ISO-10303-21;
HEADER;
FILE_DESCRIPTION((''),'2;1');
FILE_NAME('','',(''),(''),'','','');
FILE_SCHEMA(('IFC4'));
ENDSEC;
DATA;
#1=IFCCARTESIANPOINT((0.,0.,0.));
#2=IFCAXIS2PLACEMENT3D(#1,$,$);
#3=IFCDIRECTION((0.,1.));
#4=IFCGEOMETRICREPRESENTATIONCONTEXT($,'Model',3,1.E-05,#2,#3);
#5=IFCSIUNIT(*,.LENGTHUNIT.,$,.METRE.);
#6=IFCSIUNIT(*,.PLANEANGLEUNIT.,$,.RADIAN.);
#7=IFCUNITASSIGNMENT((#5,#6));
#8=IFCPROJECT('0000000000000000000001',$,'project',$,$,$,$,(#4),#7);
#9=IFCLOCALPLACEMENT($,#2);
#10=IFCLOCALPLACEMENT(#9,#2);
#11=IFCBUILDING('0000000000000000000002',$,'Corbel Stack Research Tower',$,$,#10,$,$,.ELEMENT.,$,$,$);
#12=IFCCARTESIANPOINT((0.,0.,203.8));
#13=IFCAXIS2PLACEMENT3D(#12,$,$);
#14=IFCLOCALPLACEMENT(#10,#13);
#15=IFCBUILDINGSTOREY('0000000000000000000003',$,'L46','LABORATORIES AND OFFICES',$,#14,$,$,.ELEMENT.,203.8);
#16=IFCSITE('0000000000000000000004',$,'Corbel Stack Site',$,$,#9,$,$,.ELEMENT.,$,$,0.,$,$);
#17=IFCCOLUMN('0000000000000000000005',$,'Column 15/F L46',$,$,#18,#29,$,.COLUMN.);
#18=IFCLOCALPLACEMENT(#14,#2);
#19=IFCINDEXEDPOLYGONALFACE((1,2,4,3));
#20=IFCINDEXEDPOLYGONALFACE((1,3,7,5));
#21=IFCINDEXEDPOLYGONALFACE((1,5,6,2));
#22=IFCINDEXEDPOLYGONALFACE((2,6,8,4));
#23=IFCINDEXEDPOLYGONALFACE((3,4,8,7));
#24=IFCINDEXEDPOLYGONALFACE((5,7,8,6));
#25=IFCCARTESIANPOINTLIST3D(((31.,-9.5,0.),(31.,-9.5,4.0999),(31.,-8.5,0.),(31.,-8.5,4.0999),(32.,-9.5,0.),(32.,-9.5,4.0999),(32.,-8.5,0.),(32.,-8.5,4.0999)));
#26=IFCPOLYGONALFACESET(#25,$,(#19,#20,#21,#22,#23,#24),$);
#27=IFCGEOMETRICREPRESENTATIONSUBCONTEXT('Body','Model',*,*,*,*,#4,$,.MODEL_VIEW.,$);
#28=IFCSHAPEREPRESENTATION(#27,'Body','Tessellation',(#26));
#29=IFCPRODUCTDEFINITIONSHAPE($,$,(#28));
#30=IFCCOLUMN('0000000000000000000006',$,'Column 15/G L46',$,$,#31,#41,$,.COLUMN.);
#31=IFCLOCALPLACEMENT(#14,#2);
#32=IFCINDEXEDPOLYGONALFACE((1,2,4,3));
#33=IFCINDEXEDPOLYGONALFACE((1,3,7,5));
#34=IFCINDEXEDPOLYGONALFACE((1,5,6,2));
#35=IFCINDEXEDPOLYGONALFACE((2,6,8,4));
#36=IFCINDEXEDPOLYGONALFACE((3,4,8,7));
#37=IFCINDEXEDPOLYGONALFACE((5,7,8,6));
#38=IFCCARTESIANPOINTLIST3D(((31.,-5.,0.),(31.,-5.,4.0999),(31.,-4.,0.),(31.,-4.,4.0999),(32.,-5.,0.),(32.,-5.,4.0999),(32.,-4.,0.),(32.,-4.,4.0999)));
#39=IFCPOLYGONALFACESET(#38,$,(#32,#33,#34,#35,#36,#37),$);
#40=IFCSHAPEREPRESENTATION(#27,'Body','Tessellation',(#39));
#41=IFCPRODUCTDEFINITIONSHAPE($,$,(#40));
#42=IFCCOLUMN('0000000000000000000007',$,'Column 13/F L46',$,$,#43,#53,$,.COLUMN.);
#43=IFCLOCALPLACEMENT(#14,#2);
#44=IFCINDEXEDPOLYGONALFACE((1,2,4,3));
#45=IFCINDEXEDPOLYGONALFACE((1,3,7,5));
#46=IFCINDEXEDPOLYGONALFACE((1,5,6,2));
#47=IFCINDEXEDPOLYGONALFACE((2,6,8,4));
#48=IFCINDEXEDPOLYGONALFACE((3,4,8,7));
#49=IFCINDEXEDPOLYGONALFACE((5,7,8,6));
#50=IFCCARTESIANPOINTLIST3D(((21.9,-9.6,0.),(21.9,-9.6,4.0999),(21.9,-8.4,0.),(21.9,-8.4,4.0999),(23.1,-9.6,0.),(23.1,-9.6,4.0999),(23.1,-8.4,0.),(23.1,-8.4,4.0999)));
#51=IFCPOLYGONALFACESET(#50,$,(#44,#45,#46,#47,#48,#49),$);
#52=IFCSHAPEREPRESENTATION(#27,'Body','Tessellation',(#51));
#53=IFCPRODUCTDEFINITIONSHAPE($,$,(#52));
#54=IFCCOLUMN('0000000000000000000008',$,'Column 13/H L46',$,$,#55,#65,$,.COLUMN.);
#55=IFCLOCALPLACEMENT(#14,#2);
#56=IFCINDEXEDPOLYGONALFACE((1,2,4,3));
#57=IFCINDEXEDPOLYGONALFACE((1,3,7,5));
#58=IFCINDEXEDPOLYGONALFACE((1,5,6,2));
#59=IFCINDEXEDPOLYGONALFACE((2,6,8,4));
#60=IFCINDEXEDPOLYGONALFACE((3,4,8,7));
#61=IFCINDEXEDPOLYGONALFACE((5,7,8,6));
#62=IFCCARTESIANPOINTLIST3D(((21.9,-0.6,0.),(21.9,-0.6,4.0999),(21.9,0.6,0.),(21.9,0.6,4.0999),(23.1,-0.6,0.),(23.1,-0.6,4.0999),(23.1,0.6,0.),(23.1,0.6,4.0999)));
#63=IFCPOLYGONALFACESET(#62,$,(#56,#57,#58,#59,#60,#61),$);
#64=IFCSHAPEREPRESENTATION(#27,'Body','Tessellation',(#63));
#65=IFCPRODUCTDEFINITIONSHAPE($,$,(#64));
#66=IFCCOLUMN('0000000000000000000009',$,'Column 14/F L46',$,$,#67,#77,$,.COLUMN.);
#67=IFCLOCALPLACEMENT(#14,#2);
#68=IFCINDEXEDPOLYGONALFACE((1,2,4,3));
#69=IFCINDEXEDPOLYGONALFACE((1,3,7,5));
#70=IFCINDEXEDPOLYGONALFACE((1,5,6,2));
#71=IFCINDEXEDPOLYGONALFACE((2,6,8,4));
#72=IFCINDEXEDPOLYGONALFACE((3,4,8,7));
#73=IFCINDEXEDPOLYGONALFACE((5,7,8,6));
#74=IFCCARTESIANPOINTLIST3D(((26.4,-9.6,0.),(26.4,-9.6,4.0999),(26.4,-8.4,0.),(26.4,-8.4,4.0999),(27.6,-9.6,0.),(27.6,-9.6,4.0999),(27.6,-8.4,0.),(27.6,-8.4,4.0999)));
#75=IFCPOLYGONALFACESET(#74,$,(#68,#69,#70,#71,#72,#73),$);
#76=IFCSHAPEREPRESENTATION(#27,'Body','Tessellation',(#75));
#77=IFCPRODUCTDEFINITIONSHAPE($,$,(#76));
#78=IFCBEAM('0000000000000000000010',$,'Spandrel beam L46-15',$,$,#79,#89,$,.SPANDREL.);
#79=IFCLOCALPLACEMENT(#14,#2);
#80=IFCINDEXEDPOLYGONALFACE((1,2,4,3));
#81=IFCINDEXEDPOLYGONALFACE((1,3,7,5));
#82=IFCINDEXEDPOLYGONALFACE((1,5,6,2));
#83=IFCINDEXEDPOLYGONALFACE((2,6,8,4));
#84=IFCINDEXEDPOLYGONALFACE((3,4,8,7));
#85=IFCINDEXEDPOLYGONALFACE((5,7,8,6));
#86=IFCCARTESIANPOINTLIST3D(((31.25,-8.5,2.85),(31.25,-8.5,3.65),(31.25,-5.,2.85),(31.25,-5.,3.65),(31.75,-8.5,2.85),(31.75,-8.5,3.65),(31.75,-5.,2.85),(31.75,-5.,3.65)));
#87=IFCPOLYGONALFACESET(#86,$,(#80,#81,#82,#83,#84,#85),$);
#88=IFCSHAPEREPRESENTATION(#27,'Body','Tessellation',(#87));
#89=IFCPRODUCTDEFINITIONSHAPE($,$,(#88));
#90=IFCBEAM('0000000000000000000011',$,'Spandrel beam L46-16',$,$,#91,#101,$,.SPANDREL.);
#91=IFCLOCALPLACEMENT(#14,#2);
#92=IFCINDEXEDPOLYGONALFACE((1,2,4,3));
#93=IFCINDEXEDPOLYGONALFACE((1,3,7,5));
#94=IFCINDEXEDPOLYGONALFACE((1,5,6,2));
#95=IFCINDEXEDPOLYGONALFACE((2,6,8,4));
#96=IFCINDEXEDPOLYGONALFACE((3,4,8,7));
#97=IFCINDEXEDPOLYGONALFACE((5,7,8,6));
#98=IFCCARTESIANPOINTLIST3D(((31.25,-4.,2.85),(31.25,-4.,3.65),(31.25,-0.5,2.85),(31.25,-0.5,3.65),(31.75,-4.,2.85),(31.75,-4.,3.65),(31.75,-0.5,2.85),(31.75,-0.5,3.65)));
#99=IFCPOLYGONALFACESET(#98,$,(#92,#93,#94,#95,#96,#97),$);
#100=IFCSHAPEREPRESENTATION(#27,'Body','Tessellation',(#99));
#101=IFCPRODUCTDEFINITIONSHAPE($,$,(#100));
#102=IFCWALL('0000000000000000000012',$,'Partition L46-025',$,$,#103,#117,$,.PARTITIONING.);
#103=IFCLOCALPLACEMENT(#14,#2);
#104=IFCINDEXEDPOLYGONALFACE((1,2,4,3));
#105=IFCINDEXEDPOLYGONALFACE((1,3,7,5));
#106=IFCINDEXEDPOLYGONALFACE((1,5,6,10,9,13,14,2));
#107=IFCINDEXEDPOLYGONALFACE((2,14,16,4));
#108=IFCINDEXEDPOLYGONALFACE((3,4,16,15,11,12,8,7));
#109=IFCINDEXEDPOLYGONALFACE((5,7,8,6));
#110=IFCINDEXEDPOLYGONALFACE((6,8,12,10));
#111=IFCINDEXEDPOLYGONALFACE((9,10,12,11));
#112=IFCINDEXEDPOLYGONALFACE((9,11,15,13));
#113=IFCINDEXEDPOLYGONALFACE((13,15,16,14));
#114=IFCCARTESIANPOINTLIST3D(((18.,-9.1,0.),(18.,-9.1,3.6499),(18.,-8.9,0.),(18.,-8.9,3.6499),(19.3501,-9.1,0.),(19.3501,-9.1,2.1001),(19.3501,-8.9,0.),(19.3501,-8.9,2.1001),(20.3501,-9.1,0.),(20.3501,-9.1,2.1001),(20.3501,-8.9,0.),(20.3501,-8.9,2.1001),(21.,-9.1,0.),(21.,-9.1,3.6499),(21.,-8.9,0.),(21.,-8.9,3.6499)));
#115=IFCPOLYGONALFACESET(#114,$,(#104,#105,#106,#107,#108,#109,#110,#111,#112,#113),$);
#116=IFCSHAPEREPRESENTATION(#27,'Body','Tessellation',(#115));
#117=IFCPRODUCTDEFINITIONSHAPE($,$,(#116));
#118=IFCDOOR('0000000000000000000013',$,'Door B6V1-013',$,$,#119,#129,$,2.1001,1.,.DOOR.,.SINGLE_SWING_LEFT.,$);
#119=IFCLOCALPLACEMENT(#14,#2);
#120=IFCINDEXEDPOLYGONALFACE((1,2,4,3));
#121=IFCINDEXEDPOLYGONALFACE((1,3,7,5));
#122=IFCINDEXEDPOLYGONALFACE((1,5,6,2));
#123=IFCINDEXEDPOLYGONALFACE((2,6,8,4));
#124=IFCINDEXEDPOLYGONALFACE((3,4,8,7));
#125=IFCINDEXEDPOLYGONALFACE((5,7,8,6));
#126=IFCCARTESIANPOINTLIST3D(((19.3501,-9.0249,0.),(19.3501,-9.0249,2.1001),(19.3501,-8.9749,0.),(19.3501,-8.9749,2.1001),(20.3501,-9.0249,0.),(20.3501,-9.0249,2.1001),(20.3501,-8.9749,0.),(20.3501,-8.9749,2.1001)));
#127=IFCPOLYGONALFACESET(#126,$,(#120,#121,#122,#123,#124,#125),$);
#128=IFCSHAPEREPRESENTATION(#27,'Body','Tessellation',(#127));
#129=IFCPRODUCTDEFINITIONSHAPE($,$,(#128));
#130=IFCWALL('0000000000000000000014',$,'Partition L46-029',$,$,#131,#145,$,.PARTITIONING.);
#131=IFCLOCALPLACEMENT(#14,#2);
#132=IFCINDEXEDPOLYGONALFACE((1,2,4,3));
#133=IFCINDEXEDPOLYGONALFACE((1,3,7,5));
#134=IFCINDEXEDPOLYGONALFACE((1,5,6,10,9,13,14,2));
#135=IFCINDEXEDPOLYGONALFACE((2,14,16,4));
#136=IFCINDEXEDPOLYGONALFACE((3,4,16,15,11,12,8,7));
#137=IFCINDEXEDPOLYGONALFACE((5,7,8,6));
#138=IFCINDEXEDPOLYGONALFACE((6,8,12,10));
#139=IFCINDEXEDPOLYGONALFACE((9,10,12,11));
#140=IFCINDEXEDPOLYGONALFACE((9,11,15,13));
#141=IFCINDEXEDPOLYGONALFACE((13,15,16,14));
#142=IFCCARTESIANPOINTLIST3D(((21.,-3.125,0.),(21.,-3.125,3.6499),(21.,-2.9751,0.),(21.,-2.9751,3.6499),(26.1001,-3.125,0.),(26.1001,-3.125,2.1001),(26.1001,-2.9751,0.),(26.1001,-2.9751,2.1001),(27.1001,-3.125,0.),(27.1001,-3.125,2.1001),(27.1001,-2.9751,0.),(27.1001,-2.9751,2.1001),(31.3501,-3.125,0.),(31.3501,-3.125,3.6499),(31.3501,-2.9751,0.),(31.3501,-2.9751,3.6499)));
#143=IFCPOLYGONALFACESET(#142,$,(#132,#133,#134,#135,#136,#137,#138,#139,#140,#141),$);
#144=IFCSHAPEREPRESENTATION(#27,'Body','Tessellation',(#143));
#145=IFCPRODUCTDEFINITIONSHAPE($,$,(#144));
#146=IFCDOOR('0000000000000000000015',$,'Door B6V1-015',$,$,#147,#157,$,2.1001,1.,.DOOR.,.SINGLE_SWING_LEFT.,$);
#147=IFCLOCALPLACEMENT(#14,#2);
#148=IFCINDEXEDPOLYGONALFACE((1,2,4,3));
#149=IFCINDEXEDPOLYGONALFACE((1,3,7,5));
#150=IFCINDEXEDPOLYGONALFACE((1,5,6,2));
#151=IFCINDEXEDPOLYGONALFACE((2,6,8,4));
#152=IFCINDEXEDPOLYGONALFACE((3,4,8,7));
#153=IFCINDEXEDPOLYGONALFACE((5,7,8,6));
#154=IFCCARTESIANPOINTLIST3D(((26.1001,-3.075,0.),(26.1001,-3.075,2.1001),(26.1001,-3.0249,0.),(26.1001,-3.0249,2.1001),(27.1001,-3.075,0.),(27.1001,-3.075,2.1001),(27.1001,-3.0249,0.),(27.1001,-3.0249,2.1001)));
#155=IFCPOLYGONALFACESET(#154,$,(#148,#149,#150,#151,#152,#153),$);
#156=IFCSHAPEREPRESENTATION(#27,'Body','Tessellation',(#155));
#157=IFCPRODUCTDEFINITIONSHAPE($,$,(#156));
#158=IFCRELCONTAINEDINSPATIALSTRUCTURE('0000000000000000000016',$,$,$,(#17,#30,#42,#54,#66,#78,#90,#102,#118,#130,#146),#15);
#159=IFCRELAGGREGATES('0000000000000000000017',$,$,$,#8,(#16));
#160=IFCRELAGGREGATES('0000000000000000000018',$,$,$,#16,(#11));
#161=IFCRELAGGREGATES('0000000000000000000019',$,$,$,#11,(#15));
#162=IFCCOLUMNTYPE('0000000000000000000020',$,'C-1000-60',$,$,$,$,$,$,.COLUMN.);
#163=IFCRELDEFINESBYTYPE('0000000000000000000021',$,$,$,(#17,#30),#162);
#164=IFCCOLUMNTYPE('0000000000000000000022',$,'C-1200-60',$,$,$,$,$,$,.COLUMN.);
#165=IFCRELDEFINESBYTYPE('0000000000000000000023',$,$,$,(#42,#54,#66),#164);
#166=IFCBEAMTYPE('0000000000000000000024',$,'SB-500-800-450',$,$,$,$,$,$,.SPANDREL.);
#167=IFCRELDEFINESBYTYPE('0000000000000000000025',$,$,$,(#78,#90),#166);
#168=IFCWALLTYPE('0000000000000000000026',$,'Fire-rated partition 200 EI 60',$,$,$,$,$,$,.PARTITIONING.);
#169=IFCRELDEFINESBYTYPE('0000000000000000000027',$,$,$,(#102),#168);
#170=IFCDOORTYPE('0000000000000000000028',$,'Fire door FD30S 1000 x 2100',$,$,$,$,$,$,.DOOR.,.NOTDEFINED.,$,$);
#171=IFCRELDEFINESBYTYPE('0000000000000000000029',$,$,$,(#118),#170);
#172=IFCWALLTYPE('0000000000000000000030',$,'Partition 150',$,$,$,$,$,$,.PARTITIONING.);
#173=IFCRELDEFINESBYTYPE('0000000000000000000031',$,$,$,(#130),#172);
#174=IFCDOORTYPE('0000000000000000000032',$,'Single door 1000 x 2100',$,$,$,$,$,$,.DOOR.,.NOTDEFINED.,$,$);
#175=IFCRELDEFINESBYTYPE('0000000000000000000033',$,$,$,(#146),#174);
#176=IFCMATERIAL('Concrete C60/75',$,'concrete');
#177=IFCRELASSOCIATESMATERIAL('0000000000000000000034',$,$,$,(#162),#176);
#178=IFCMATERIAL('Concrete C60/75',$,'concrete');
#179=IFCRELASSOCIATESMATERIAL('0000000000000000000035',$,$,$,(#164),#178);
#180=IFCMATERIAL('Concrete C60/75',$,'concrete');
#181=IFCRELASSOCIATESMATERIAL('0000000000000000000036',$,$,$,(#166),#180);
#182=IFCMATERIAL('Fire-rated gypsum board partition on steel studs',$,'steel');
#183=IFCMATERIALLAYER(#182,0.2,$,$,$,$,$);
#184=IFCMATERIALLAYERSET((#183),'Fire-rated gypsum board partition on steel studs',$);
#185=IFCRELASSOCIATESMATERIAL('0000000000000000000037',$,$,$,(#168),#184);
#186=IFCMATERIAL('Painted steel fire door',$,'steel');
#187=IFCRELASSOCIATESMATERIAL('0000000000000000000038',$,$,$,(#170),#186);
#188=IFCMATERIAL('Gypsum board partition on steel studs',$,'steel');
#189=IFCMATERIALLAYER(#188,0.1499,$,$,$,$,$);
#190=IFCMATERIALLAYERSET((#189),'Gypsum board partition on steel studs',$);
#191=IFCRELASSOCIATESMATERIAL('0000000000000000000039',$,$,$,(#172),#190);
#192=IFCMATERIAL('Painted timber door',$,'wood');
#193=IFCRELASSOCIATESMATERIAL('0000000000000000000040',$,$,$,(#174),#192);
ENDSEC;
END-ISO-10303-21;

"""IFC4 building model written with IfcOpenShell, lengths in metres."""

from ifc_helpers import new_model, si_unit, direction, frame, frame_2d, origin, origin_2d, place, context, subcontext, project, spatial, rectangle, extrude, material, layer, layer_set, material_profile, profile_set, type_object, element, fill, save


model = new_model("IFC4")

# Units and contexts
model_context = context("Model", 3, precision=1e-05, world=origin(), true_north=direction((0.0, 1.0)))
body_context = subcontext(model_context, "Body", "Model", "MODEL_VIEW")
ifc_project = project(units=[si_unit("LENGTHUNIT", "METRE"), si_unit("PLANEANGLEUNIT", "RADIAN")], contexts=[model_context])

# Site, building, storey
site_placement = place(None, origin())
site = spatial("IfcSite", under=ifc_project, at=site_placement, Name="Corbel Stack Site", CompositionType="ELEMENT", RefElevation=0.0)
building_placement = place(site_placement, origin())
building = spatial("IfcBuilding", under=site, at=building_placement, Name="Corbel Stack Research Tower", CompositionType="ELEMENT")
storey_placement = place(building_placement, frame((0.0, 0.0, 203.8)))
storey = spatial("IfcBuildingStorey", under=building, at=storey_placement, Name="L46", Description="LABORATORIES AND OFFICES", CompositionType="ELEMENT", Elevation=203.8)

# Columns
ifc_material_1 = material(Name="Concrete C60/75", Category="concrete")
ifc_material_profile_1 = material_profile(ifc_material_1, rectangle(XDim=1.0, YDim=1.0, at=origin_2d()), Name="RC 1000 x 1000")
ifc_profile_set_1 = profile_set([ifc_material_profile_1], Name="Concrete C60/75")
column_type_1 = type_object("IfcColumnType", Name="C-1000-60", PredefinedType="COLUMN", material=ifc_profile_set_1)
for number, where, z_axis, x_axis, name in (
    (1, (31.5, -9.0, 0.0), (0.0, 0.0, 1.0), (1.0, 0.0, 0.0), "Column 15/F L46"),
    (2, (31.5, -4.5, 0.0), (0.0, 0.0, 1.0), (1.0, 0.0, 0.0), "Column 15/G L46"),
):
    element("IfcColumn", number, at=place(storey_placement, frame(where, z_axis=z_axis, x_axis=x_axis)), inside=storey, type_object=column_type_1, Name=name, PredefinedType="COLUMN", context=body_context, shape_type="SweptSolid", body=[
        extrude(rectangle(XDim=1.0, YDim=1.0, at=origin_2d()), origin(), (0.0, 0.0, 1.0), 4.0999),
    ])
ifc_material_2 = material(Name="Concrete C60/75", Category="concrete")
ifc_material_profile_2 = material_profile(ifc_material_2, rectangle(XDim=1.2, YDim=1.2, at=origin_2d()), Name="RC 1200 x 1200")
ifc_profile_set_2 = profile_set([ifc_material_profile_2], Name="Concrete C60/75")
column_type_2 = type_object("IfcColumnType", Name="C-1200-60", PredefinedType="COLUMN", material=ifc_profile_set_2)
for number, where, z_axis, x_axis, name in (
    (3, (22.5, -9.0, 0.0), (0.0, 0.0, 1.0), (1.0, 0.0, 0.0), "Column 13/F L46"),
    (4, (22.5, 0.0, 0.0), (0.0, 0.0, 1.0), (1.0, 0.0, 0.0), "Column 13/H L46"),
    (5, (27.0, -9.0, 0.0), (0.0, 0.0, 1.0), (1.0, 0.0, 0.0), "Column 14/F L46"),
):
    element("IfcColumn", number, at=place(storey_placement, frame(where, z_axis=z_axis, x_axis=x_axis)), inside=storey, type_object=column_type_2, Name=name, PredefinedType="COLUMN", context=body_context, shape_type="SweptSolid", body=[
        extrude(rectangle(XDim=1.2, YDim=1.2, at=origin_2d()), origin(), (0.0, 0.0, 1.0), 4.0999),
    ])

# Beams
ifc_material_3 = material(Name="Concrete C60/75", Category="concrete")
ifc_material_profile_3 = material_profile(ifc_material_3, rectangle(XDim=0.5, YDim=0.8, at=origin_2d()), Name="RC 500 x 800")
ifc_profile_set_3 = profile_set([ifc_material_profile_3], Name="Concrete C60/75")
beam_type = type_object("IfcBeamType", Name="SB-500-800-450", PredefinedType="SPANDREL", material=ifc_profile_set_3)
for number, where, z_axis, x_axis, name in (
    (6, (31.5, -8.5, 3.25), (0.0, 1.0, 0.0), (-1.0, 0.0, 0.0), "Spandrel beam L46-15"),
    (7, (31.5, -4.0, 3.25), (0.0, 1.0, 0.0), (-1.0, 0.0, 0.0), "Spandrel beam L46-16"),
):
    element("IfcBeam", number, at=place(storey_placement, frame(where, z_axis=z_axis, x_axis=x_axis)), inside=storey, type_object=beam_type, Name=name, PredefinedType="SPANDREL", context=body_context, shape_type="SweptSolid", body=[
        extrude(rectangle(XDim=0.5, YDim=0.8, at=origin_2d()), origin(), (0.0, 0.0, 1.0), 3.5),
    ])

# Walls, openings, doors
ifc_material_4 = material(Name="Fire-rated gypsum board partition on steel studs", Category="steel")
ifc_layer_1 = layer(ifc_material_4, 0.2)
ifc_layer_set_1 = layer_set([ifc_layer_1], Name="Fire-rated gypsum board partition on steel studs")
wall_type_1 = type_object("IfcWallType", Name="Fire-rated partition 200 EI 60", PredefinedType="PARTITIONING", material=ifc_layer_set_1)
wall_1_placement = place(storey_placement, frame((21.0, -9.0, 0.0), z_axis=(0.0, 0.0, 1.0), x_axis=(-1.0, 0.0, 0.0)))
wall_1 = element("IfcWall", 8, at=wall_1_placement, inside=storey, type_object=wall_type_1, Name="Partition L46-025", PredefinedType="PARTITIONING", context=body_context, shape_type="SweptSolid", body=[
    extrude(rectangle(XDim=3.0, YDim=0.2, at=frame_2d((1.5, 0.0))), origin(), (0.0, 0.0, 1.0), 3.6499),
])
opening_1_placement = place(wall_1_placement, frame((0.6499, 0.0, 0.0)))
opening_1 = element("IfcOpeningElement", 9, at=opening_1_placement, cuts=wall_1, PredefinedType="OPENING", context=body_context, shape_type="SweptSolid", body=[
    extrude(rectangle(XDim=1.0, YDim=2.1001, at=frame_2d((0.5, 1.05))), frame((0.0, 0.1099, 0.0), z_axis=(0.0, -1.0, 0.0), x_axis=(1.0, 0.0, 0.0)), (0.0, 0.0, 1.0), 0.22),
])
ifc_material_5 = material(Name="Painted steel fire door", Category="steel")
door_type_1 = type_object("IfcDoorType", Name="Fire door FD30S 1000 x 2100", OperationType="NOTDEFINED", PredefinedType="DOOR", material=ifc_material_5)
door_1_placement = place(opening_1_placement, origin())
door_1 = element("IfcDoor", 10, at=door_1_placement, inside=storey, type_object=door_type_1, Name="Door B6V1-013", OperationType="SINGLE_SWING_LEFT", OverallHeight=2.1001, OverallWidth=1.0, PredefinedType="DOOR", context=body_context, shape_type="SweptSolid", body=[
    extrude(rectangle(XDim=1.0, YDim=2.1001, at=frame_2d((0.5, 1.05))), frame((0.0, 0.0249, 0.0), z_axis=(0.0, -1.0, 0.0), x_axis=(1.0, 0.0, 0.0)), (0.0, 0.0, 1.0), 0.05),
])
fill(opening_1, door_1)
ifc_material_6 = material(Name="Gypsum board partition on steel studs", Category="steel")
ifc_layer_2 = layer(ifc_material_6, 0.1499)
ifc_layer_set_2 = layer_set([ifc_layer_2], Name="Gypsum board partition on steel studs")
wall_type_2 = type_object("IfcWallType", Name="Partition 150", PredefinedType="PARTITIONING", material=ifc_layer_set_2)
wall_2_placement = place(storey_placement, frame((31.3501, -3.05, 0.0), z_axis=(0.0, 0.0, 1.0), x_axis=(-1.0, 0.0, 0.0)))
wall_2 = element("IfcWall", 11, at=wall_2_placement, inside=storey, type_object=wall_type_2, Name="Partition L46-029", PredefinedType="PARTITIONING", context=body_context, shape_type="SweptSolid", body=[
    extrude(rectangle(XDim=10.3501, YDim=0.1499, at=frame_2d((5.175, 0.0))), origin(), (0.0, 0.0, 1.0), 3.6499),
])
opening_2_placement = place(wall_2_placement, frame((4.25, 0.0, 0.0)))
opening_2 = element("IfcOpeningElement", 12, at=opening_2_placement, cuts=wall_2, PredefinedType="OPENING", context=body_context, shape_type="SweptSolid", body=[
    extrude(rectangle(XDim=1.0, YDim=2.1001, at=frame_2d((0.5, 1.05))), frame((0.0, 0.085, 0.0), z_axis=(0.0, -1.0, 0.0), x_axis=(1.0, 0.0, 0.0)), (0.0, 0.0, 1.0), 0.1699),
])
ifc_material_7 = material(Name="Painted timber door", Category="wood")
door_type_2 = type_object("IfcDoorType", Name="Single door 1000 x 2100", OperationType="NOTDEFINED", PredefinedType="DOOR", material=ifc_material_7)
door_2_placement = place(opening_2_placement, origin())
door_2 = element("IfcDoor", 13, at=door_2_placement, inside=storey, type_object=door_type_2, Name="Door B6V1-015", OperationType="SINGLE_SWING_LEFT", OverallHeight=2.1001, OverallWidth=1.0, PredefinedType="DOOR", context=body_context, shape_type="SweptSolid", body=[
    extrude(rectangle(XDim=1.0, YDim=2.1001, at=frame_2d((0.5, 1.05))), frame((0.0, 0.0249, 0.0), z_axis=(0.0, -1.0, 0.0), x_axis=(1.0, 0.0, 0.0)), (0.0, 0.0, 1.0), 0.05),
])
fill(opening_2, door_2)

save(model, "model.ifc")
